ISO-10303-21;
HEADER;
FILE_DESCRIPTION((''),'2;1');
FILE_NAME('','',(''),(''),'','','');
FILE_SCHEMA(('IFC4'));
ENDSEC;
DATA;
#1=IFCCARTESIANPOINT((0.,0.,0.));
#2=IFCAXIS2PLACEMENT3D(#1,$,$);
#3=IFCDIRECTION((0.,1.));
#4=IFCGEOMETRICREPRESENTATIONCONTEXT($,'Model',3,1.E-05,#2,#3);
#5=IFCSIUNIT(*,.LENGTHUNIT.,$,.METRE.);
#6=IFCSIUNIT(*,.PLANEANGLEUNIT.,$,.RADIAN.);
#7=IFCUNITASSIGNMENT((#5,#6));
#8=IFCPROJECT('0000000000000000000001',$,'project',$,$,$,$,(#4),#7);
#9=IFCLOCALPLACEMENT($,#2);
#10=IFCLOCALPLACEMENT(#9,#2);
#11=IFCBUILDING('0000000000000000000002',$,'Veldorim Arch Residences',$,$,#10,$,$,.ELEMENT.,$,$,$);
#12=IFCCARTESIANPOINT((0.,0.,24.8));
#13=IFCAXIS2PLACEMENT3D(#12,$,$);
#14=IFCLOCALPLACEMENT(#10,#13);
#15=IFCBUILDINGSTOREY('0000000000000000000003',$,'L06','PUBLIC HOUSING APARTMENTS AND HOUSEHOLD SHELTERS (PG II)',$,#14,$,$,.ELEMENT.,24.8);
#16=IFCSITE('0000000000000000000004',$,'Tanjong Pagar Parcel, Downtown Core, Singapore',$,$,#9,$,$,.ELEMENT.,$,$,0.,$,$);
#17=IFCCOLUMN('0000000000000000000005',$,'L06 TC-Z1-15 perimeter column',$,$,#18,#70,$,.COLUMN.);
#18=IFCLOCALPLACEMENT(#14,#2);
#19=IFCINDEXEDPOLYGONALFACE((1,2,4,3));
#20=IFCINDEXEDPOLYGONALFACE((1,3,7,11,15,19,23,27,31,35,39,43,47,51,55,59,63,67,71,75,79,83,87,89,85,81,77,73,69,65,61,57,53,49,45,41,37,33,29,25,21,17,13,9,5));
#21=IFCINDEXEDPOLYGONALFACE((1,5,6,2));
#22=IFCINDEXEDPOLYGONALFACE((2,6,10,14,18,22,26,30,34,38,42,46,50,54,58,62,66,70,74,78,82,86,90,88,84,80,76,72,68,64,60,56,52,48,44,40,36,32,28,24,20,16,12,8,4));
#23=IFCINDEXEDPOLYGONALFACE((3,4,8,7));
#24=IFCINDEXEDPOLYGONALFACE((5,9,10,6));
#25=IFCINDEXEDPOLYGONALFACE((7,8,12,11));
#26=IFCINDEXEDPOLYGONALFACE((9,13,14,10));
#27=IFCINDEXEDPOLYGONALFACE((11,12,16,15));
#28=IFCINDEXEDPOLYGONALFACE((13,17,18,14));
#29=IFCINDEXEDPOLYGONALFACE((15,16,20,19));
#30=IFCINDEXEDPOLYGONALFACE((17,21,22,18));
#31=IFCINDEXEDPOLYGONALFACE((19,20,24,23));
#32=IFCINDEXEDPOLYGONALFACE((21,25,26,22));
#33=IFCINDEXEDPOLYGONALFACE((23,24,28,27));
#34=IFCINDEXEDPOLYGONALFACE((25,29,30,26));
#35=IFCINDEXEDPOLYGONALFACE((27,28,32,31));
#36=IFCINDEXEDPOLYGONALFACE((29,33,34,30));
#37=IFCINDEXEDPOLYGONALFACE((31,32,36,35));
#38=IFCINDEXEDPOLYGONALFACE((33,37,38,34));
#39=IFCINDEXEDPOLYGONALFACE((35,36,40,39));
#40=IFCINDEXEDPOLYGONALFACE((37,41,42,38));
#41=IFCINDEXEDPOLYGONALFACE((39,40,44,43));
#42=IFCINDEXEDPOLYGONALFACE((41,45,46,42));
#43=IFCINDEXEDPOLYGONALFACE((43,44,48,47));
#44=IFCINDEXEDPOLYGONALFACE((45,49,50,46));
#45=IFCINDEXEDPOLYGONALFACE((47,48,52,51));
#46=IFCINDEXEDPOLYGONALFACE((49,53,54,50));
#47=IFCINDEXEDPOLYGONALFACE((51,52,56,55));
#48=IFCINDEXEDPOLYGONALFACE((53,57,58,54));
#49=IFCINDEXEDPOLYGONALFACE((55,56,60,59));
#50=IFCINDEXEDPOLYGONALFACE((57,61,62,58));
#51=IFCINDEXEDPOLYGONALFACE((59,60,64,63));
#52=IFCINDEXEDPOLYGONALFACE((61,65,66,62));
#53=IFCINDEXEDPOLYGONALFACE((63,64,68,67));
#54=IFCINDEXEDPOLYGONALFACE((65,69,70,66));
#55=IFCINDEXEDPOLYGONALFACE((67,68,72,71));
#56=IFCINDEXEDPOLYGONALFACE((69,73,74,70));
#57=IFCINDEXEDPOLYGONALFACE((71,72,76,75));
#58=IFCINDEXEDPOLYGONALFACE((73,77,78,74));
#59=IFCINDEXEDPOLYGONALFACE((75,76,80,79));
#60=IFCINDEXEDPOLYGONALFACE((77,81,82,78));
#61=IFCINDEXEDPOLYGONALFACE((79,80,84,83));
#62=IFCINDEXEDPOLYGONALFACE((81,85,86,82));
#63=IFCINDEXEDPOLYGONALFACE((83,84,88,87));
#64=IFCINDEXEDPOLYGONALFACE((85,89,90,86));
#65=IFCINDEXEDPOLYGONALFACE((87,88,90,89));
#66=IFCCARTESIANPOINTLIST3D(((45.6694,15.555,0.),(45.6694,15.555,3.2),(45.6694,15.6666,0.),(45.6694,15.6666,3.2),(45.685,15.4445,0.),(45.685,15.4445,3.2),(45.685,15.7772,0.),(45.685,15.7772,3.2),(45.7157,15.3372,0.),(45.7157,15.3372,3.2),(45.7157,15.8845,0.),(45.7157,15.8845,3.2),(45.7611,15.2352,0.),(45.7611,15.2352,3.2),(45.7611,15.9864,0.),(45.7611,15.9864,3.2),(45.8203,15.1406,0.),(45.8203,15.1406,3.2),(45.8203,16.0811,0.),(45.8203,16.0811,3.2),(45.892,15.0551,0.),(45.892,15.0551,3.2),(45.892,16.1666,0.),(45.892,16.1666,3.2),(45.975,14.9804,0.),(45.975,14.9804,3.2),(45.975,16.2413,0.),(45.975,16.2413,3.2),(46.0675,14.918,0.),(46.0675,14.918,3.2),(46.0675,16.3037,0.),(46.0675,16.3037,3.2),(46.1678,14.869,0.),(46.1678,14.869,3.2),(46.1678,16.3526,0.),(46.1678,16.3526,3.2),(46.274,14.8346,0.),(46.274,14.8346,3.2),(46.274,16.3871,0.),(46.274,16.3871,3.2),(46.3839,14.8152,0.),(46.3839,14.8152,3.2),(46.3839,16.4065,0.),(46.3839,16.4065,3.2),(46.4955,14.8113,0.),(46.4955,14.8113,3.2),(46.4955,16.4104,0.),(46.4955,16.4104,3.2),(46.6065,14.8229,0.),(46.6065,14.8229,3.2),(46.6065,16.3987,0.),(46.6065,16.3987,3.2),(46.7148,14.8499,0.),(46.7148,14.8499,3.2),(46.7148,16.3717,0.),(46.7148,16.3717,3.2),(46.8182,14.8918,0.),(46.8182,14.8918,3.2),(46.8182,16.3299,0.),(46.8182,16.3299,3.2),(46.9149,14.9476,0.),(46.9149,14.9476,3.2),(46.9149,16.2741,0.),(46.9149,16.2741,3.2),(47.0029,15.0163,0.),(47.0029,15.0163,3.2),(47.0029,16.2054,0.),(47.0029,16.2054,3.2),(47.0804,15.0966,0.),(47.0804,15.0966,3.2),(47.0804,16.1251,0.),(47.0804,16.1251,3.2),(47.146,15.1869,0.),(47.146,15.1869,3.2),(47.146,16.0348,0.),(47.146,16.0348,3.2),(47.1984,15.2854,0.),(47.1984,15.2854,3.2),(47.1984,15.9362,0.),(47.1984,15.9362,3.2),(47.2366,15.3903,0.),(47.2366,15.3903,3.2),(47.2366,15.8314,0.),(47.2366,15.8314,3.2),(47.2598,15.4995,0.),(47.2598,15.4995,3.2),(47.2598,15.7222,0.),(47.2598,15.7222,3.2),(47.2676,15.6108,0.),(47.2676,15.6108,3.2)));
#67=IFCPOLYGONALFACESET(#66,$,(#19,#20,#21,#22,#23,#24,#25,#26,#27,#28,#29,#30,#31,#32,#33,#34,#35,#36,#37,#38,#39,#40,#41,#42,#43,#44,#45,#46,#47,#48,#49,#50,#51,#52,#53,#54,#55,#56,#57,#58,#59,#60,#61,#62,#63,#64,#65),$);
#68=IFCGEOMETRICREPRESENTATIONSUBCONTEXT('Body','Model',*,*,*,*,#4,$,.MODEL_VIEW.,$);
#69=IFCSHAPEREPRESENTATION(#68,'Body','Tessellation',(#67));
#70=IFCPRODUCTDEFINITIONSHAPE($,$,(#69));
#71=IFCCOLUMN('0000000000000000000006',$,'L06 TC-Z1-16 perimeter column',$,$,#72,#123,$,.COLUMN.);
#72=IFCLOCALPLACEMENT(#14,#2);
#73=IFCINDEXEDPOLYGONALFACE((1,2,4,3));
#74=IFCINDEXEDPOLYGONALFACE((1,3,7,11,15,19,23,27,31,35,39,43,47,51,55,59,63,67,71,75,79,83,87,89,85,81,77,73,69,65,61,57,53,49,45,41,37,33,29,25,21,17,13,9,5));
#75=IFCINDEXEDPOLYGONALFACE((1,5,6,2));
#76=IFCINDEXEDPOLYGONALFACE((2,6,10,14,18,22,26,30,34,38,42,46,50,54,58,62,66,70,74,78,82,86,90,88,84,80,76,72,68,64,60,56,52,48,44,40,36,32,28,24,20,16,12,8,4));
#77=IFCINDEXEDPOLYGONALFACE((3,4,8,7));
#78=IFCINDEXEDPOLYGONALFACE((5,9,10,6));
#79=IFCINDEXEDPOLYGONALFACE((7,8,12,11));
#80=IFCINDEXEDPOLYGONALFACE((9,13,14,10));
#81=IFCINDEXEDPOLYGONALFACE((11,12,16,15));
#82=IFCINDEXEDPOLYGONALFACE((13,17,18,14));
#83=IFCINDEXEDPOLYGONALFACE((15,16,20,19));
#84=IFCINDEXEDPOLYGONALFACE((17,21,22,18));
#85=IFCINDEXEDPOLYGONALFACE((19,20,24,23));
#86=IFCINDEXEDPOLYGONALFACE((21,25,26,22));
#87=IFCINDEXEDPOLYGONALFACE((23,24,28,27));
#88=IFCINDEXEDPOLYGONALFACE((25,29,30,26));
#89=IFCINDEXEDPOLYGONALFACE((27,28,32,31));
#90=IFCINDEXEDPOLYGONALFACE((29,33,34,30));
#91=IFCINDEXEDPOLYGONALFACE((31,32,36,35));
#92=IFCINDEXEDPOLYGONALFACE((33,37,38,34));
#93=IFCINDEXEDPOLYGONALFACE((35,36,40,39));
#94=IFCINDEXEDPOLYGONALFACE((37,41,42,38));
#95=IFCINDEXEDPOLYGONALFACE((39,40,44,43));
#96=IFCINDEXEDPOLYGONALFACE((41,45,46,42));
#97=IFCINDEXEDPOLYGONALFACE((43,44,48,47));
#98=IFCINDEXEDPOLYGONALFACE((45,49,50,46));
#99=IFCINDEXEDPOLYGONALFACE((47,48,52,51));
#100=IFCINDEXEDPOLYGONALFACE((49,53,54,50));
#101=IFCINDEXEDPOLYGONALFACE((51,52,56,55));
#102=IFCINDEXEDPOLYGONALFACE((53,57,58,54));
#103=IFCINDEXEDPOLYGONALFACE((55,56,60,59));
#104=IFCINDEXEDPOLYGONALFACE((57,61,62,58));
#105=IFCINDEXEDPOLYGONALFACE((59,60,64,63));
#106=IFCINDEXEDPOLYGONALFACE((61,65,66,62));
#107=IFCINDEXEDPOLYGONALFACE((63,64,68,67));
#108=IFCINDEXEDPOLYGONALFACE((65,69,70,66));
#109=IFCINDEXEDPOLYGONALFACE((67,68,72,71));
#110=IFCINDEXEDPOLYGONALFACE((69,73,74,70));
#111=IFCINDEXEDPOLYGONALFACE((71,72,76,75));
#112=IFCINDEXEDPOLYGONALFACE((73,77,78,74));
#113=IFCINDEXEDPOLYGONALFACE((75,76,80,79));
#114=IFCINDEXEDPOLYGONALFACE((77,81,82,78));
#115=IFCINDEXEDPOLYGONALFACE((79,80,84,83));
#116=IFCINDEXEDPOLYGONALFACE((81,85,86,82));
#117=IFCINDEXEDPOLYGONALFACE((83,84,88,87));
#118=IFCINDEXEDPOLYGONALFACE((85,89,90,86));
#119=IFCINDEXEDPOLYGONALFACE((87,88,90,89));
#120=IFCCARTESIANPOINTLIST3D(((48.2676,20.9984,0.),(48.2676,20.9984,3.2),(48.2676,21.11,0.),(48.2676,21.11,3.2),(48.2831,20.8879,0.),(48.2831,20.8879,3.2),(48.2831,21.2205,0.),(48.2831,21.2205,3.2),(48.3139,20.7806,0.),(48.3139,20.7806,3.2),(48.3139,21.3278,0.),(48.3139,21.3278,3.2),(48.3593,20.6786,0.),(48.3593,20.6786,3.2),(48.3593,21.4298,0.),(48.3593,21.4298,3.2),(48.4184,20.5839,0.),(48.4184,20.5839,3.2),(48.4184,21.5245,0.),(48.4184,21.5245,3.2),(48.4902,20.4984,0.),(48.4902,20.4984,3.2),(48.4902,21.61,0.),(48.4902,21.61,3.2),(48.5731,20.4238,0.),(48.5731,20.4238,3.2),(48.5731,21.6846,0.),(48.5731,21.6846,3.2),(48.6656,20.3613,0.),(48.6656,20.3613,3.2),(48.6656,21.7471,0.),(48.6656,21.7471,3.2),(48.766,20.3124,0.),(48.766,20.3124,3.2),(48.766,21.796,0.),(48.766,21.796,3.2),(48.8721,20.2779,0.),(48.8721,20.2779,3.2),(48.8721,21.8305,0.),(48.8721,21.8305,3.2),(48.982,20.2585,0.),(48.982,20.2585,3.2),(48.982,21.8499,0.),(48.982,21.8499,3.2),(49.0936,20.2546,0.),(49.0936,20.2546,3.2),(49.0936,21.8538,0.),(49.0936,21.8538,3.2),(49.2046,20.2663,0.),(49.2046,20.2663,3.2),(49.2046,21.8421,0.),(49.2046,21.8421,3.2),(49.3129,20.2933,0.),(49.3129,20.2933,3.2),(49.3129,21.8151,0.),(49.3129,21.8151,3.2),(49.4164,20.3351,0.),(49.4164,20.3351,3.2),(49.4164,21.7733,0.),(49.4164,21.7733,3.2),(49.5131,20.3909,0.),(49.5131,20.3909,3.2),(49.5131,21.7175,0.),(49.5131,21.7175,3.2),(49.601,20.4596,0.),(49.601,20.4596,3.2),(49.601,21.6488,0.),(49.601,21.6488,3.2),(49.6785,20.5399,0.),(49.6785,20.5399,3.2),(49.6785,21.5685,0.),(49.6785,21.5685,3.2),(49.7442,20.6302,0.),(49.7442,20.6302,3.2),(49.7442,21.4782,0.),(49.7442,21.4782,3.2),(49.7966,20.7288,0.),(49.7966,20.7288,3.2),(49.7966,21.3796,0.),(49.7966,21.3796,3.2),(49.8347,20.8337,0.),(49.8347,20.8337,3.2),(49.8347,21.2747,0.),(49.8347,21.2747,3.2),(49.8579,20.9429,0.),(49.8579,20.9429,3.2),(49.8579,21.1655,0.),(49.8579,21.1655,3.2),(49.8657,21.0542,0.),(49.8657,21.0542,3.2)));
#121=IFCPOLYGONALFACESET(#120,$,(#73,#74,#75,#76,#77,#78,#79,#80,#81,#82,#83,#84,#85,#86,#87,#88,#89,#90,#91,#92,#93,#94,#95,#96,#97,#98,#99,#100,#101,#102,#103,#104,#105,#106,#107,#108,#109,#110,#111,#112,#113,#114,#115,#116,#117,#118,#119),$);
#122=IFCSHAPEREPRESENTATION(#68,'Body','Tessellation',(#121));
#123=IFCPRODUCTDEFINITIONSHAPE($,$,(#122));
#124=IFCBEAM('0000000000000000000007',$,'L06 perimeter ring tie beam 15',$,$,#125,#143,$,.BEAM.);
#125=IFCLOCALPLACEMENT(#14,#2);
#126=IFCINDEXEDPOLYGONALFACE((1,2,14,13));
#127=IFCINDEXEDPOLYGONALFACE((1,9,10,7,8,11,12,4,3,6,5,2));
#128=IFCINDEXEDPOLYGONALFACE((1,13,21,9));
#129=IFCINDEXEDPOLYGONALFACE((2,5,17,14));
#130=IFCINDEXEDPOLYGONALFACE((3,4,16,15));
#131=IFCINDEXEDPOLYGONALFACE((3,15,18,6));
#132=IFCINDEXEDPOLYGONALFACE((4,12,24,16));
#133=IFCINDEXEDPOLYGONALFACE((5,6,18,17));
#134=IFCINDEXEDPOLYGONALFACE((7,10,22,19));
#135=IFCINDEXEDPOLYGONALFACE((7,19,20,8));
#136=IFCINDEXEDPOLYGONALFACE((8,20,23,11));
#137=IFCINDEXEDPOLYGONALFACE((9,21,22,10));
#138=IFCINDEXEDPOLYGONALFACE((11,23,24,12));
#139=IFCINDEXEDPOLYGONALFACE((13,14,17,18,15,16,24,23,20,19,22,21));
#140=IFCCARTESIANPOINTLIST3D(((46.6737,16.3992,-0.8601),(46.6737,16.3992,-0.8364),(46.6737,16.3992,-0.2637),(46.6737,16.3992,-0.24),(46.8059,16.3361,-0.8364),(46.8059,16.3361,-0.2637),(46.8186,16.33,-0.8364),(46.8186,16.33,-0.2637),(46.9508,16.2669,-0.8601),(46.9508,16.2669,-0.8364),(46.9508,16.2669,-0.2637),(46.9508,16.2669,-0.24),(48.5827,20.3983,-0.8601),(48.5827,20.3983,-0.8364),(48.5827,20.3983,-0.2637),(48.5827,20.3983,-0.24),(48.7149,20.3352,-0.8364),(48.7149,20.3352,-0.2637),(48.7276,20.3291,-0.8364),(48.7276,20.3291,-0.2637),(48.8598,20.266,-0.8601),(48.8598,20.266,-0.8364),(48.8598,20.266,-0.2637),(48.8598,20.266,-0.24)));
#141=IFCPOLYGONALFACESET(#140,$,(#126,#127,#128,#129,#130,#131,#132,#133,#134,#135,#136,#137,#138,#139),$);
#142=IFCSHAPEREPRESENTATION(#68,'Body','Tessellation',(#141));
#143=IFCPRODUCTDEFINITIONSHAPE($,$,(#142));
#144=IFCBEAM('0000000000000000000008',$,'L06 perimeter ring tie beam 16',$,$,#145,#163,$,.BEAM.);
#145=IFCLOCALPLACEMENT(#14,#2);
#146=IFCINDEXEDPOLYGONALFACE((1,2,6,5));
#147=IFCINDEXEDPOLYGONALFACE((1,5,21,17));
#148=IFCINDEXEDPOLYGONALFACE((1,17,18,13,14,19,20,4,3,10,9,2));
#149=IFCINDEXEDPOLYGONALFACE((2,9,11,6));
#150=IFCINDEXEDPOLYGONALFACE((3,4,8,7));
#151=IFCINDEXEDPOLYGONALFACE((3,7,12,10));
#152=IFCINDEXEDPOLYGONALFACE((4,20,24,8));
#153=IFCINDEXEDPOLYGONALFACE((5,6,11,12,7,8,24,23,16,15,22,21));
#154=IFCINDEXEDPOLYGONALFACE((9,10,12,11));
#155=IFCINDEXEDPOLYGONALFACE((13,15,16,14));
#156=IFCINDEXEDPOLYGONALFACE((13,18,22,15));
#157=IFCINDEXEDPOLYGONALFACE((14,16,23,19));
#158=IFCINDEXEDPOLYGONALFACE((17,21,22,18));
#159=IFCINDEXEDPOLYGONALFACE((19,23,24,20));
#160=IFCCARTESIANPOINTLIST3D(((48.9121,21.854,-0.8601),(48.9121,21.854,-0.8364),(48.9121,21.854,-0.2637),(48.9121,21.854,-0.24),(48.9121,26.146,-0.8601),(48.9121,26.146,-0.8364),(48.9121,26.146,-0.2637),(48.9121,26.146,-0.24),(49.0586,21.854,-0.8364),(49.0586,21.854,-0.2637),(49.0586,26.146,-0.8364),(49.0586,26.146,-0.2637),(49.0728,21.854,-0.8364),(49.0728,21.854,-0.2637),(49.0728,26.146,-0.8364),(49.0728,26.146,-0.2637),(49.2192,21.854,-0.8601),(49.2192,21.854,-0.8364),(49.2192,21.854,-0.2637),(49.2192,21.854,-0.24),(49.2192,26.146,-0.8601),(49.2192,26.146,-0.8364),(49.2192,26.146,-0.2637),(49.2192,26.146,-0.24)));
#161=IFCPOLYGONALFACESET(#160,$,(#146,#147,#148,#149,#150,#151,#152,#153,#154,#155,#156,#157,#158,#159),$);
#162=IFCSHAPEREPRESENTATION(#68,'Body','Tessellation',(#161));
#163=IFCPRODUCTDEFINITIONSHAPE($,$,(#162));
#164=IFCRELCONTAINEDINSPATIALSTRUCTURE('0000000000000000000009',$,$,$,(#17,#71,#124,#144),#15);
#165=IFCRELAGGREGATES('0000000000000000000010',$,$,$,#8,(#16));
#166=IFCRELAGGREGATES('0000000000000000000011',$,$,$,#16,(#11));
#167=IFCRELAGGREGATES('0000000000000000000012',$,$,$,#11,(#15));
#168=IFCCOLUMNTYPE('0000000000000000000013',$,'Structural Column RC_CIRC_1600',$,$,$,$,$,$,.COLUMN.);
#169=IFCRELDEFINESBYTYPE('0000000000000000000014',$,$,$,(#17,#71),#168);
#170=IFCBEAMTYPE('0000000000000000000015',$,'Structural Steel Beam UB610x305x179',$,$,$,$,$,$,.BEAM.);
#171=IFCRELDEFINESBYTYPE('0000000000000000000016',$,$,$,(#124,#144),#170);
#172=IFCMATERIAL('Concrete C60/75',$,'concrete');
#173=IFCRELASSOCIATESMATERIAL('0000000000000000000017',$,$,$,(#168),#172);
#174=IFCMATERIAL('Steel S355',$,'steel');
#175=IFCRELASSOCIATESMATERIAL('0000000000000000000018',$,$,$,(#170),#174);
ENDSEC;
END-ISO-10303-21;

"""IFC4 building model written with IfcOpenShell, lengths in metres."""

from ifc_helpers import new_model, si_unit, direction, frame, origin, origin_2d, place, context, subcontext, project, spatial, circle, i_section, extrude, material, material_profile, profile_set, type_object, element, save


model = new_model("IFC4")

# Units and contexts
model_context = context("Model", 3, precision=1e-05, world=origin(), true_north=direction((0.0, 1.0)))
body_context = subcontext(model_context, "Body", "Model", "MODEL_VIEW")
ifc_project = project(units=[si_unit("LENGTHUNIT", "METRE"), si_unit("PLANEANGLEUNIT", "RADIAN")], contexts=[model_context])

# Site, building, storey
site_placement = place(None, origin())
site = spatial("IfcSite", under=ifc_project, at=site_placement, Name="Tanjong Pagar Parcel, Downtown Core, Singapore", CompositionType="ELEMENT", RefElevation=0.0)
building_placement = place(site_placement, origin())
building = spatial("IfcBuilding", under=site, at=building_placement, Name="Veldorim Arch Residences", CompositionType="ELEMENT")
storey_placement = place(building_placement, frame((0.0, 0.0, 24.8)))
storey = spatial("IfcBuildingStorey", under=building, at=storey_placement, Name="L06", Description="PUBLIC HOUSING APARTMENTS AND HOUSEHOLD SHELTERS (PG II)", CompositionType="ELEMENT", Elevation=24.8)

# Columns
ifc_material_1 = material(Name="Concrete C60/75", Category="concrete")
ifc_material_profile_1 = material_profile(ifc_material_1, circle(Radius=0.8, at=origin_2d()), Name="RC_CIRC_1600")
ifc_profile_set_1 = profile_set([ifc_material_profile_1], Name="Concrete C60/75")
column_type = type_object("IfcColumnType", Name="Structural Column RC_CIRC_1600", PredefinedType="COLUMN", material=ifc_profile_set_1)
for number, where, z_axis, x_axis, name in (
    (1, (46.4675, 15.6108, 0.0), (0.0, 0.0, 1.0), (1.0, 0.0, 0.0), "L06 TC-Z1-15 perimeter column"),
    (2, (49.0657, 21.0542, 0.0), (0.0, 0.0, 1.0), (1.0, 0.0, 0.0), "L06 TC-Z1-16 perimeter column"),
):
    element("IfcColumn", number, at=place(storey_placement, frame(where, z_axis=z_axis, x_axis=x_axis)), inside=storey, type_object=column_type, Name=name, PredefinedType="COLUMN", context=body_context, shape_type="SweptSolid", body=[
        extrude(circle(Radius=0.8, at=origin_2d()), origin(), (0.0, 0.0, 1.0), 3.2),
    ])

# Beams
ifc_material_2 = material(Name="Steel S355", Category="steel")
ifc_material_profile_2 = material_profile(ifc_material_2, i_section(OverallWidth=0.3071, OverallDepth=0.6201, WebThickness=0.0142, FlangeThickness=0.0237, at=origin_2d()), Name="UB610x305x179")
ifc_profile_set_2 = profile_set([ifc_material_profile_2], Name="Steel S355")
beam_type = type_object("IfcBeamType", Name="Structural Steel Beam UB610x305x179", PredefinedType="BEAM", material=ifc_profile_set_2)
beam_1_placement = place(storey_placement, frame((46.8123, 16.333, -0.55), z_axis=(0.430787, 0.902454, 0.0), x_axis=(-0.902454, 0.430787, 0.0)))
element("IfcBeam", 3, at=beam_1_placement, inside=storey, type_object=beam_type, Name="L06 perimeter ring tie beam 15", PredefinedType="BEAM", context=body_context, shape_type="SweptSolid", body=[
    extrude(i_section(OverallWidth=0.3071, OverallDepth=0.6201, WebThickness=0.0142, FlangeThickness=0.0237, at=origin_2d()), origin(), (0.0, 0.0, 1.0), 4.4314),
])
beam_2_placement = place(storey_placement, frame((49.0657, 21.854, -0.55), z_axis=(0.0, 1.0, 0.0), x_axis=(-1.0, 0.0, 0.0)))
element("IfcBeam", 4, at=beam_2_placement, inside=storey, type_object=beam_type, Name="L06 perimeter ring tie beam 16", PredefinedType="BEAM", context=body_context, shape_type="SweptSolid", body=[
    extrude(i_section(OverallWidth=0.3071, OverallDepth=0.6201, WebThickness=0.0142, FlangeThickness=0.0237, at=origin_2d()), origin(), (0.0, 0.0, 1.0), 4.292),
])

save(model, "model.ifc")
